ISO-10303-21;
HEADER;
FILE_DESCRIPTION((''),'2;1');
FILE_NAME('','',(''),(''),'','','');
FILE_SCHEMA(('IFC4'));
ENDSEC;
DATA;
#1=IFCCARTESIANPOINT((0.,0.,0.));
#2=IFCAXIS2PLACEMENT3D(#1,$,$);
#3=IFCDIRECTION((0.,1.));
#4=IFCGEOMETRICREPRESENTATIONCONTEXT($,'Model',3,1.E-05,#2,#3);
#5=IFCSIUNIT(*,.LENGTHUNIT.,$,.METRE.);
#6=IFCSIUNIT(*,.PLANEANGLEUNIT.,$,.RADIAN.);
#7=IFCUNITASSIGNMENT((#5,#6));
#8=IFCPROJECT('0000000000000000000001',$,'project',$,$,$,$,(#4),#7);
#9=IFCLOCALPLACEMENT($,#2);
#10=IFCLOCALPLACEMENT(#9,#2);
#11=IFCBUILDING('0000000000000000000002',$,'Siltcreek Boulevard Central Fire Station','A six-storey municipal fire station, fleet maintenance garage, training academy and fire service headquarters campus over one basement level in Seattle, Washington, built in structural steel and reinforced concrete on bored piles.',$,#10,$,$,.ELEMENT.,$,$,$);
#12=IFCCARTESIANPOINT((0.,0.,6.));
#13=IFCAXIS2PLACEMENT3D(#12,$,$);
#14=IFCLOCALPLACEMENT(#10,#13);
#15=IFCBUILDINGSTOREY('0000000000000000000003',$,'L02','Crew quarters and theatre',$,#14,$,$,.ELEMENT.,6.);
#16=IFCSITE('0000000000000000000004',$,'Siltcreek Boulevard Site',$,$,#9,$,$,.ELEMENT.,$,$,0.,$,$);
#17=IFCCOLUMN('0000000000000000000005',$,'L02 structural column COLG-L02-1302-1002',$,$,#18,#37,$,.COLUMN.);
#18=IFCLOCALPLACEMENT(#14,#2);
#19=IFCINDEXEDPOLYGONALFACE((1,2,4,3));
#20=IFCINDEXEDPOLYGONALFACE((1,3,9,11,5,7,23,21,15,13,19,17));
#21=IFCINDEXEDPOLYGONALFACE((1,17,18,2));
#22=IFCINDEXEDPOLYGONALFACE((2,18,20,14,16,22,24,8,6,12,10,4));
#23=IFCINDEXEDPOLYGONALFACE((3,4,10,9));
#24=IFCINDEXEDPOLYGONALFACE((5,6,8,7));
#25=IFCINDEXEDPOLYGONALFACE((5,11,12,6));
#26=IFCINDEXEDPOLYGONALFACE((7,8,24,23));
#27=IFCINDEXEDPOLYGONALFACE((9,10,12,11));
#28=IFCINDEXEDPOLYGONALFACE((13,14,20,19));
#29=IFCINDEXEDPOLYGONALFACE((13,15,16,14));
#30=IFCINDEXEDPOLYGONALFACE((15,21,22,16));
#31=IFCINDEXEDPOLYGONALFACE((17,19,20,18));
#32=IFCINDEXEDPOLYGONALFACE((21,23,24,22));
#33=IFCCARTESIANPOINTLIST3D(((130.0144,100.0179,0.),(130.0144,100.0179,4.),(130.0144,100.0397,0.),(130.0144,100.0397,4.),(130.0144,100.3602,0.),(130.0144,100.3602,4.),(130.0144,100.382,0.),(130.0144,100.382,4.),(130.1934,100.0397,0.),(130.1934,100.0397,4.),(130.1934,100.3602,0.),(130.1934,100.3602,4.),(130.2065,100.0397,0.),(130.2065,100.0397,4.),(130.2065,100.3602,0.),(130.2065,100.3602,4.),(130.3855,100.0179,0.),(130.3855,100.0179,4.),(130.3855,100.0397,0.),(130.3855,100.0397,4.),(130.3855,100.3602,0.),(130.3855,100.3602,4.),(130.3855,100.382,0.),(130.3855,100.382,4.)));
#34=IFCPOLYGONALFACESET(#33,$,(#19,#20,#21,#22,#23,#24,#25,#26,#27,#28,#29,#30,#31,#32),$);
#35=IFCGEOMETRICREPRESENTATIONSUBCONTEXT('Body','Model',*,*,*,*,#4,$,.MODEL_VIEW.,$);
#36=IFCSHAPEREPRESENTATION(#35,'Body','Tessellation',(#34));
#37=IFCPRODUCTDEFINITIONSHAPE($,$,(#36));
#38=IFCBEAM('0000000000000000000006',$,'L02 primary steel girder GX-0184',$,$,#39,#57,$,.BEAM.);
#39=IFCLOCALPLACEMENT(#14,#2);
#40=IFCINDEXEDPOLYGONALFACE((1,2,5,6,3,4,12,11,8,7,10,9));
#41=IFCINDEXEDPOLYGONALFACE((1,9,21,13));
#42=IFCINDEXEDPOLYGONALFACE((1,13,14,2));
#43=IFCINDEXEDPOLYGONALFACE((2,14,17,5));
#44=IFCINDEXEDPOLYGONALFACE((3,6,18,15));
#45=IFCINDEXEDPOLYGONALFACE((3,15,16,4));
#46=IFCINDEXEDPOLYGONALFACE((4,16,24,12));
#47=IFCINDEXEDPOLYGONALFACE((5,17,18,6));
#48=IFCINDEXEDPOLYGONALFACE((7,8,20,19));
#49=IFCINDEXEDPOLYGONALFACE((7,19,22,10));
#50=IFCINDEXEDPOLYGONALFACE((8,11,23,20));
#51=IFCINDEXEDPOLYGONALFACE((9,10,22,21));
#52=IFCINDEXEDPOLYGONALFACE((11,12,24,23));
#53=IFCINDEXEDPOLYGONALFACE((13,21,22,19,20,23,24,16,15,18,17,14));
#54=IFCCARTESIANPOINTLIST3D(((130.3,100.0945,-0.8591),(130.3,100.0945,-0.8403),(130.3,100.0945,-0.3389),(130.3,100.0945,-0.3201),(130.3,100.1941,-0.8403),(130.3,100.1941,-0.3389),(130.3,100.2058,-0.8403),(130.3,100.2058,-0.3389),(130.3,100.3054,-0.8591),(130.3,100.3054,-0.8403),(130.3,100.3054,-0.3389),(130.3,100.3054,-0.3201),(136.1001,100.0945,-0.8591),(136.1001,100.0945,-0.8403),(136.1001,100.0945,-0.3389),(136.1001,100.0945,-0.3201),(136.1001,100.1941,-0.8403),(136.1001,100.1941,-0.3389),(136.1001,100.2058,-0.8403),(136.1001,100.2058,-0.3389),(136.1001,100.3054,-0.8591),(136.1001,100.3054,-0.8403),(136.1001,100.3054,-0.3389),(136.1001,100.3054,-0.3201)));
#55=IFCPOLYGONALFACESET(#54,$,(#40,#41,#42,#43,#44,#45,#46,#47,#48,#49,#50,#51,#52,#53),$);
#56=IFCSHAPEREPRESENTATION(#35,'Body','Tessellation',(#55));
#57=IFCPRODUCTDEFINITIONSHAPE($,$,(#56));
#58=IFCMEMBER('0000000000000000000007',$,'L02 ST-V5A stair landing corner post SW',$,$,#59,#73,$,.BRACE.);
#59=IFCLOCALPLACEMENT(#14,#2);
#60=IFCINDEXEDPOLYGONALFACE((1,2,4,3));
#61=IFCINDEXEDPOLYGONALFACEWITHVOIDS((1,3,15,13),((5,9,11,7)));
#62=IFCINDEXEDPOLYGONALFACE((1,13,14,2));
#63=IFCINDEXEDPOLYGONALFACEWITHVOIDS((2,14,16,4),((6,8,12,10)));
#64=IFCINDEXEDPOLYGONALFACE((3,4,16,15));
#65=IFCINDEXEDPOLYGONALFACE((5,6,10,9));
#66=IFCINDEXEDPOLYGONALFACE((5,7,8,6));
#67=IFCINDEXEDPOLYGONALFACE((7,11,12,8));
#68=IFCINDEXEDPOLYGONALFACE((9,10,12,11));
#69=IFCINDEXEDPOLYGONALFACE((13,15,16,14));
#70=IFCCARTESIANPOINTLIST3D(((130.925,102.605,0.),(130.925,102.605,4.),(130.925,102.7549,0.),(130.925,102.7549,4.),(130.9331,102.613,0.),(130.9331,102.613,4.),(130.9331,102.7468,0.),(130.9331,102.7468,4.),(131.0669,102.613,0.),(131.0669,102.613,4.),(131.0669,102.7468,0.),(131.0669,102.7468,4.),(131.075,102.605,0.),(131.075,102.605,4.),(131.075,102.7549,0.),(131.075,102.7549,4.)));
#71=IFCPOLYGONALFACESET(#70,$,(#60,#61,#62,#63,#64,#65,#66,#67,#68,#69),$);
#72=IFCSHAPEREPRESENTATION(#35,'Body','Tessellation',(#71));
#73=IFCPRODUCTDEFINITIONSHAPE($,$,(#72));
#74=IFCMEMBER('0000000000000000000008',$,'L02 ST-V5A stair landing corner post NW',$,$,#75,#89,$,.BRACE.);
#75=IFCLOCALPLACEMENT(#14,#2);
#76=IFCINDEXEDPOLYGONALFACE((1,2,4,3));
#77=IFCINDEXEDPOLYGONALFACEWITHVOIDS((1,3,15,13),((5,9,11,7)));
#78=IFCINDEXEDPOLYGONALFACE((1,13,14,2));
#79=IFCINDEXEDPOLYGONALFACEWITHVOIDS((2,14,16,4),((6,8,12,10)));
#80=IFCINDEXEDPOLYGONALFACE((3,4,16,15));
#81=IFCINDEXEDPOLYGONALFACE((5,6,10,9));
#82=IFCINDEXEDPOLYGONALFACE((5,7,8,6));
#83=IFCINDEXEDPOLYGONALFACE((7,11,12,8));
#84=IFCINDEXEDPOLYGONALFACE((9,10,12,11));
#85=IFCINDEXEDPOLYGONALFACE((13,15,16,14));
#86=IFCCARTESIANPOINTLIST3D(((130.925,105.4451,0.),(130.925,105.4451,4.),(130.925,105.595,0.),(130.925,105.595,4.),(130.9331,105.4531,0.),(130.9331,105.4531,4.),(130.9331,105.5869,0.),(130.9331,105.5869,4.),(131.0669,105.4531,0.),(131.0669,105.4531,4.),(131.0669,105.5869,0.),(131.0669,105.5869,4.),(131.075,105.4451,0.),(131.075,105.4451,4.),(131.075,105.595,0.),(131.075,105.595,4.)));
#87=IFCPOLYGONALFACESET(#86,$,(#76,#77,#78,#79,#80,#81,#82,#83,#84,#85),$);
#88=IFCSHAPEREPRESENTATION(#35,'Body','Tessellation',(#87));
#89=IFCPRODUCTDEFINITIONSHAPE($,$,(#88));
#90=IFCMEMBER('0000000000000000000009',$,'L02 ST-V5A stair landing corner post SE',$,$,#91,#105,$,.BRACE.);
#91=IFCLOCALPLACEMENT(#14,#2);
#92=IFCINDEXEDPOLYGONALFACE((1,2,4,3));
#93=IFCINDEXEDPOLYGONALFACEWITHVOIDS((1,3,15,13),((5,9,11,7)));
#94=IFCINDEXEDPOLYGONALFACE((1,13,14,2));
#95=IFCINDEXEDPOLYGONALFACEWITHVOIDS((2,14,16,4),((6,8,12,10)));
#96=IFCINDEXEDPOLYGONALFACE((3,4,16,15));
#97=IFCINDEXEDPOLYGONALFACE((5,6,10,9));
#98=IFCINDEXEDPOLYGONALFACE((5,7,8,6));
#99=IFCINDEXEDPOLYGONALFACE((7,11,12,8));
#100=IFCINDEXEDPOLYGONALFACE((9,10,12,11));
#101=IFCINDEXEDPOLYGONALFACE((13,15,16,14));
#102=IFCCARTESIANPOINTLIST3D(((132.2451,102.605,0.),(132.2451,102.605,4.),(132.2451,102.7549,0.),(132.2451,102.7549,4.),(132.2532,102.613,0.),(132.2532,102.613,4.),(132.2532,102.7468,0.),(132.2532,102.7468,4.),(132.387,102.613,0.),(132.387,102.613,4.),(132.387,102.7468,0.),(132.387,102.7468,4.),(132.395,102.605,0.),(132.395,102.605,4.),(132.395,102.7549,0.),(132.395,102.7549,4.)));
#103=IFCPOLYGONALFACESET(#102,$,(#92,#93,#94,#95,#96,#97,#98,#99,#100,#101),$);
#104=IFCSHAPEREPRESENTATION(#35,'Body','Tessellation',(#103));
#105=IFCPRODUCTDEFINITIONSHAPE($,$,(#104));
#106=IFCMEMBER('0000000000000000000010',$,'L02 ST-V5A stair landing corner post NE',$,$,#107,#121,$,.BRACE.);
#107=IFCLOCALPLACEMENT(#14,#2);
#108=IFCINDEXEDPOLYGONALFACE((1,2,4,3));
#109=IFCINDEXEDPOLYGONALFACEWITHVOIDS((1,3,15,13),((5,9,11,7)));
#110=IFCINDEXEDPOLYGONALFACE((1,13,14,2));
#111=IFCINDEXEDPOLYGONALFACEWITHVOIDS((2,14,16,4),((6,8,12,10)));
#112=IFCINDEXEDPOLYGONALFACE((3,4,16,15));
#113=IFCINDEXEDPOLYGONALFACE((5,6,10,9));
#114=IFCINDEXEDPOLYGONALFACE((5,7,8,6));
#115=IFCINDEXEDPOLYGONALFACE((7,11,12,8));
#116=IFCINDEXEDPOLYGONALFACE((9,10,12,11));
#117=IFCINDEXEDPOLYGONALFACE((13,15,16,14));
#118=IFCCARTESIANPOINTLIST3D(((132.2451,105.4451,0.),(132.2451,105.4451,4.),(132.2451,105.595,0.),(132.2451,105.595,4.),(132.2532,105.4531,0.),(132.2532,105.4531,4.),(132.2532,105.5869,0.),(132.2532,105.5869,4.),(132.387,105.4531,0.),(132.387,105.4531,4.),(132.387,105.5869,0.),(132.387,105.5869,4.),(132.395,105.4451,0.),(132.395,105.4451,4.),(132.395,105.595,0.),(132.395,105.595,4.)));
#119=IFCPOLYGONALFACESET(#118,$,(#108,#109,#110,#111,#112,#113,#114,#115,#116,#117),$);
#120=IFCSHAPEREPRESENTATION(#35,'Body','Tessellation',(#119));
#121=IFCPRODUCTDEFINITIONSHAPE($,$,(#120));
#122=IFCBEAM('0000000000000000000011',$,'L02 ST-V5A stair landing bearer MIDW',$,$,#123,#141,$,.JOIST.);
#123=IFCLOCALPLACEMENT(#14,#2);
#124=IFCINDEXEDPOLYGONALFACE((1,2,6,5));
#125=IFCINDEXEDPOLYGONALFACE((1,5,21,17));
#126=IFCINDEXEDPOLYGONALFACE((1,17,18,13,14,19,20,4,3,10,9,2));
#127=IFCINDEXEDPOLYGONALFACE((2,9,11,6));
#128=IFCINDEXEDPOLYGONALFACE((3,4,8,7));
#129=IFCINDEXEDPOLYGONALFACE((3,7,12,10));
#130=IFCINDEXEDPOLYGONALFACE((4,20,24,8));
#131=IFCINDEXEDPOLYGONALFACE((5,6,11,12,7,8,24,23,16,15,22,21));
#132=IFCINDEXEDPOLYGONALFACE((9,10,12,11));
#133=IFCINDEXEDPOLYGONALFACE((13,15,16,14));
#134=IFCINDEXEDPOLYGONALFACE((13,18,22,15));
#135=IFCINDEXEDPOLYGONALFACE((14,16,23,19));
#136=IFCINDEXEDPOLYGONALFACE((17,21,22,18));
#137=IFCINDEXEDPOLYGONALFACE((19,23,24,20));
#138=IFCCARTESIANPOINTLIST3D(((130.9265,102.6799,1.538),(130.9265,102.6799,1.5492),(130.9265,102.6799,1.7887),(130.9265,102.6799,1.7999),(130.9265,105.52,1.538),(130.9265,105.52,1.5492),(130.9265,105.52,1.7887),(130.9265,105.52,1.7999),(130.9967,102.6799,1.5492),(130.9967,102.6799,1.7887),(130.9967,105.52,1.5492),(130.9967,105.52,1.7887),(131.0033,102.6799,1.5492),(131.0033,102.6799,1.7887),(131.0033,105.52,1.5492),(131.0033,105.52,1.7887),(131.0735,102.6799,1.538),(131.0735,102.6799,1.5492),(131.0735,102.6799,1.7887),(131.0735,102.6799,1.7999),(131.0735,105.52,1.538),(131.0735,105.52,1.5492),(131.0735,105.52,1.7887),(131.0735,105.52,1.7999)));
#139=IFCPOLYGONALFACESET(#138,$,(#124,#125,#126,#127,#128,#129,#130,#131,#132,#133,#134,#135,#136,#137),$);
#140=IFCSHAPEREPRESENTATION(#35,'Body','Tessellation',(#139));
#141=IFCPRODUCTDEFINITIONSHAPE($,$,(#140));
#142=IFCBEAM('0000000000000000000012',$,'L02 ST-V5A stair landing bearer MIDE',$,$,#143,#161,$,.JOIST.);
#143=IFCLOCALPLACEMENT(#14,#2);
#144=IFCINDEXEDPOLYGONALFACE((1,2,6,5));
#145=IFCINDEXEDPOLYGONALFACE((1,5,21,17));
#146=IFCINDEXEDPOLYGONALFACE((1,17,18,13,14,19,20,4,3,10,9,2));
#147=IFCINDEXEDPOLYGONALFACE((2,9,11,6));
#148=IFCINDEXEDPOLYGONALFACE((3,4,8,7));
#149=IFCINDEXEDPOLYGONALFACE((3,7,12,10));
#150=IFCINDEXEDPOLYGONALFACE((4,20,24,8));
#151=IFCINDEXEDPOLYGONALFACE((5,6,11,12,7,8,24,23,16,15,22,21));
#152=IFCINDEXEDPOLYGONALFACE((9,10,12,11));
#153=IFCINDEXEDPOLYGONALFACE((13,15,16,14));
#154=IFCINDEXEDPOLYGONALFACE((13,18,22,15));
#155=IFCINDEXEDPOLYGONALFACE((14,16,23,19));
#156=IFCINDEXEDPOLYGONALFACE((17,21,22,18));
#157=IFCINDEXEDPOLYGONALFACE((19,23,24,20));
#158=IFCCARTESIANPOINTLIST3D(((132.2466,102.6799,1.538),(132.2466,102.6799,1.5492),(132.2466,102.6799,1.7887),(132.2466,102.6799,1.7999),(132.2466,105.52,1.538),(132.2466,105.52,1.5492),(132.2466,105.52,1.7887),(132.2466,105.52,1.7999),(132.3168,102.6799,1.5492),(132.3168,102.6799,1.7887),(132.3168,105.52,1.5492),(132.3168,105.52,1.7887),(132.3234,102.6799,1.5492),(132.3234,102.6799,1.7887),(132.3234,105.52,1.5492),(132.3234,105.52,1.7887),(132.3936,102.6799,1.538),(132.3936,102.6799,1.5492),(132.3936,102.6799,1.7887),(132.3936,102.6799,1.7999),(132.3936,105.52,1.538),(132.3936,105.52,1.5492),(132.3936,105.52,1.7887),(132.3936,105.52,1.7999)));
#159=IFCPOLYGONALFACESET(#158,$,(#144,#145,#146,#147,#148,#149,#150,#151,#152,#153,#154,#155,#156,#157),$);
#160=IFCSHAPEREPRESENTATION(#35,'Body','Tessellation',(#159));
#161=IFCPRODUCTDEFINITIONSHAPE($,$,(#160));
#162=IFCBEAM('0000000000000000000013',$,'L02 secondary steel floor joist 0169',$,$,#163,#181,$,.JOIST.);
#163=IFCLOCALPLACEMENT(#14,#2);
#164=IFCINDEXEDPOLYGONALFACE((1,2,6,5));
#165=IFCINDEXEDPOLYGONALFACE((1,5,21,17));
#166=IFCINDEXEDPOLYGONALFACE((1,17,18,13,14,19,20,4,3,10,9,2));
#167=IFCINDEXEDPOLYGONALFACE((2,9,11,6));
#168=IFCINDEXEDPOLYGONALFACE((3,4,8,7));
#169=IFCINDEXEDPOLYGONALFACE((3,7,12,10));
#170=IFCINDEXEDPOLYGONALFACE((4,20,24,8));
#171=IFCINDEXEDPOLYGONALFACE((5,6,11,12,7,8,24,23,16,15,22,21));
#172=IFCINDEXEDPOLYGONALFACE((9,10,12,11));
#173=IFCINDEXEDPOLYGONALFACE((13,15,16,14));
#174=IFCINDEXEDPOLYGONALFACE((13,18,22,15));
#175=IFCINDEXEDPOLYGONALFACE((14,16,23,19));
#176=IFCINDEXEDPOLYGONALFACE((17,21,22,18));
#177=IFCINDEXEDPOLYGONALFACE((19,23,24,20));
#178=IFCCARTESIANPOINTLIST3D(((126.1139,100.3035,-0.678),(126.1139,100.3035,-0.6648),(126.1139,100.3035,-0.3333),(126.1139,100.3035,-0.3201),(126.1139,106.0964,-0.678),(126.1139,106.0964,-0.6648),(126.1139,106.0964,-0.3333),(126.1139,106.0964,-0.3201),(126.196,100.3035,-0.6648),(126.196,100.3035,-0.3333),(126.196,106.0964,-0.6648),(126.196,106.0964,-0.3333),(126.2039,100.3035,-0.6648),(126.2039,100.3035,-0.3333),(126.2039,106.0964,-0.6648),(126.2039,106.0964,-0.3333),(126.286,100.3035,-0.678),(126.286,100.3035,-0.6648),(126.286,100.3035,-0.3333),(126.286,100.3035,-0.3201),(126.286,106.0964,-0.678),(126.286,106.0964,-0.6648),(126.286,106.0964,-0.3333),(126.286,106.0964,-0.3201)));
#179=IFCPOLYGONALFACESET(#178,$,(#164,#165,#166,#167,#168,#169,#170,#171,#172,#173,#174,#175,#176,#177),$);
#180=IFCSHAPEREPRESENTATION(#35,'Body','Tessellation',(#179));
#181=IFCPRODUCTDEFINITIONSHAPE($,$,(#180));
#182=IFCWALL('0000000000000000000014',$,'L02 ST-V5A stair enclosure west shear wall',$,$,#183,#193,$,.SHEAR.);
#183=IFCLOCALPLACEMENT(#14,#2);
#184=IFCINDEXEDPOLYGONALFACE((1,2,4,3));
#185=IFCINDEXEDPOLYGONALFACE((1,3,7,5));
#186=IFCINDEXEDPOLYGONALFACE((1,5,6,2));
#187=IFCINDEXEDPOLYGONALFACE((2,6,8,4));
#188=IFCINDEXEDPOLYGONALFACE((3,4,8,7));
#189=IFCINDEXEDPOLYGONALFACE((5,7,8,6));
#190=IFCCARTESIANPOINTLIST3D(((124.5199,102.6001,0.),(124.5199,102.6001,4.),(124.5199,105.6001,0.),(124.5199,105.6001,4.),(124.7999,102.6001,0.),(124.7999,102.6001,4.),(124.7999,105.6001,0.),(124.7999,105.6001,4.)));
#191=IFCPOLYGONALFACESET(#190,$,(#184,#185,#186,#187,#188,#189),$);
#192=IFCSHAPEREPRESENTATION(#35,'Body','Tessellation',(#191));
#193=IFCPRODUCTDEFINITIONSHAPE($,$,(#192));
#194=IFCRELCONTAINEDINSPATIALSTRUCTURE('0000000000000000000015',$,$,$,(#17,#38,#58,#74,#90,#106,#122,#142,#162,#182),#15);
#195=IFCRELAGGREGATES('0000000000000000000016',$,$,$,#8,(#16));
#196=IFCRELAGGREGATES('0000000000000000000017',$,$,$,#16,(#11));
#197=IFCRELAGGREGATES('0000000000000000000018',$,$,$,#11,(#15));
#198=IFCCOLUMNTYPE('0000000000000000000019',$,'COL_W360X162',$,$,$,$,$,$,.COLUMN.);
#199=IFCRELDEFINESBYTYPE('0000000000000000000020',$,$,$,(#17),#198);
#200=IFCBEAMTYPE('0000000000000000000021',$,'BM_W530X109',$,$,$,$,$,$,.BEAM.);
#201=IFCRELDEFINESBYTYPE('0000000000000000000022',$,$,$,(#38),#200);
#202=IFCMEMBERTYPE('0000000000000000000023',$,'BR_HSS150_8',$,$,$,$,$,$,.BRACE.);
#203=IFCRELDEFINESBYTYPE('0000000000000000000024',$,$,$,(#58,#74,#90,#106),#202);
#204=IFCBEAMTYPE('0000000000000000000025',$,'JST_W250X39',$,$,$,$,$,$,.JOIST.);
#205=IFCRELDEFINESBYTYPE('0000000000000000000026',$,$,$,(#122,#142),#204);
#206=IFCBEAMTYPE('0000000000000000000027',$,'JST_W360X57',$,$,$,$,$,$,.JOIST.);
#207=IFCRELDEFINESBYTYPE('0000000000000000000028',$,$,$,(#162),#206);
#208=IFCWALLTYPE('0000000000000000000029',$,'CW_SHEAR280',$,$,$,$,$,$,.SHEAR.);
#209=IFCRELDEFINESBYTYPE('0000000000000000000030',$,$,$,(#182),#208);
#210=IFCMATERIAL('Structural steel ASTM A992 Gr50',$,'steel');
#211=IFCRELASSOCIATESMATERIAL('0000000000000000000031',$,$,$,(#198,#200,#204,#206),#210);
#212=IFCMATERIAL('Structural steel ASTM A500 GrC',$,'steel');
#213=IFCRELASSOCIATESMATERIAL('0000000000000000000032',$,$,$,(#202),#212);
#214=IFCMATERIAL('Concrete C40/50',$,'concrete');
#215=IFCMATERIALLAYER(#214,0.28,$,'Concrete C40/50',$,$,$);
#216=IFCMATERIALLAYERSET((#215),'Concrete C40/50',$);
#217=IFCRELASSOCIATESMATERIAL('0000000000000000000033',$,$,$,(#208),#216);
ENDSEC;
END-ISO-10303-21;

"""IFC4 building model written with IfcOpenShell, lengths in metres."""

from ifc_helpers import new_model, si_unit, direction, frame, frame_2d, origin, origin_2d, place, context, subcontext, project, spatial, rectangle, hollow_rectangle, i_section, extrude, material, layer, layer_set, material_profile, profile_set, type_object, element, save


model = new_model("IFC4")

# Units and contexts
model_context = context("Model", 3, precision=1e-05, world=origin(), true_north=direction((0.0, 1.0)))
body_context = subcontext(model_context, "Body", "Model", "MODEL_VIEW")
ifc_project = project(units=[si_unit("LENGTHUNIT", "METRE"), si_unit("PLANEANGLEUNIT", "RADIAN")], contexts=[model_context])

# Site, building, storey
site_placement = place(None, origin())
site = spatial("IfcSite", under=ifc_project, at=site_placement, Name="Siltcreek Boulevard Site", CompositionType="ELEMENT", RefElevation=0.0)
building_placement = place(site_placement, origin())
building = spatial("IfcBuilding", under=site, at=building_placement, Name="Siltcreek Boulevard Central Fire Station", Description="A six-storey municipal fire station, fleet maintenance garage, training academy and fire service headquarters campus over one basement level in Seattle, Washington, built in structural steel and reinforced concrete on bored piles.", CompositionType="ELEMENT")
storey_placement = place(building_placement, frame((0.0, 0.0, 6.0)))
storey = spatial("IfcBuildingStorey", under=building, at=storey_placement, Name="L02", Description="Crew quarters and theatre", CompositionType="ELEMENT", Elevation=6.0)

# Column
ifc_material_1 = material(Name="Structural steel ASTM A992 Gr50", Category="steel")
ifc_material_profile_1 = material_profile(ifc_material_1, i_section(OverallWidth=0.3711, OverallDepth=0.364, WebThickness=0.0132, FlangeThickness=0.0217, at=origin_2d()), Name="W360X162")
ifc_profile_set_1 = profile_set([ifc_material_profile_1], Name="Structural steel ASTM A992 Gr50")
column_type = type_object("IfcColumnType", Name="COL_W360X162", PredefinedType="COLUMN", material=ifc_profile_set_1)
column_placement = place(storey_placement, frame((130.2, 100.2, 0.0), z_axis=(0.0, 0.0, 1.0), x_axis=(1.0, 0.0, 0.0)))
element("IfcColumn", 1, at=column_placement, inside=storey, type_object=column_type, Name="L02 structural column COLG-L02-1302-1002", PredefinedType="COLUMN", context=body_context, shape_type="SweptSolid", body=[
    extrude(i_section(OverallWidth=0.3711, OverallDepth=0.364, WebThickness=0.0132, FlangeThickness=0.0217, at=origin_2d()), origin(), (0.0, 0.0, 1.0), 4.0),
])

# Beam
ifc_material_profile_2 = material_profile(ifc_material_1, i_section(OverallWidth=0.2109, OverallDepth=0.5391, WebThickness=0.0117, FlangeThickness=0.0188, at=origin_2d()), Name="W530X109")
ifc_profile_set_2 = profile_set([ifc_material_profile_2], Name="Structural steel ASTM A992 Gr50")
beam_type_1 = type_object("IfcBeamType", Name="BM_W530X109", PredefinedType="BEAM", material=ifc_profile_set_2)
beam_1_placement = place(storey_placement, frame((130.3, 100.2, -0.5896), z_axis=(1.0, 0.0, 0.0), x_axis=(0.0, 1.0, 0.0)))
element("IfcBeam", 2, at=beam_1_placement, inside=storey, type_object=beam_type_1, Name="L02 primary steel girder GX-0184", PredefinedType="BEAM", context=body_context, shape_type="SweptSolid", body=[
    extrude(i_section(OverallWidth=0.2109, OverallDepth=0.5391, WebThickness=0.0117, FlangeThickness=0.0188, at=origin_2d()), origin(), (0.0, 0.0, 1.0), 5.8),
])

# Members
ifc_material_2 = material(Name="Structural steel ASTM A500 GrC", Category="steel")
ifc_material_profile_3 = material_profile(ifc_material_2, hollow_rectangle(XDim=0.1499, YDim=0.1499, WallThickness=0.0081, at=origin_2d()), Name="HSS150X150X8.0")
ifc_profile_set_3 = profile_set([ifc_material_profile_3], Name="Structural steel ASTM A500 GrC")
member_type = type_object("IfcMemberType", Name="BR_HSS150_8", PredefinedType="BRACE", material=ifc_profile_set_3)
for number, where, z_axis, x_axis, name in (
    (3, (131.0, 102.6799, 0.0), (0.0, 0.0, 1.0), (1.0, 0.0, 0.0), "L02 ST-V5A stair landing corner post SW"),
    (4, (131.0, 105.52, 0.0), (0.0, 0.0, 1.0), (1.0, 0.0, 0.0), "L02 ST-V5A stair landing corner post NW"),
    (5, (132.3201, 102.6799, 0.0), (0.0, 0.0, 1.0), (1.0, 0.0, 0.0), "L02 ST-V5A stair landing corner post SE"),
    (6, (132.3201, 105.52, 0.0), (0.0, 0.0, 1.0), (1.0, 0.0, 0.0), "L02 ST-V5A stair landing corner post NE"),
):
    element("IfcMember", number, at=place(storey_placement, frame(where, z_axis=z_axis, x_axis=x_axis)), inside=storey, type_object=member_type, Name=name, PredefinedType="BRACE", context=body_context, shape_type="SweptSolid", body=[
        extrude(hollow_rectangle(XDim=0.1499, YDim=0.1499, WallThickness=0.0081, at=origin_2d()), origin(), (0.0, 0.0, 1.0), 4.0),
    ])

# Beams
ifc_material_profile_4 = material_profile(ifc_material_1, i_section(OverallWidth=0.147, OverallDepth=0.262, WebThickness=0.0066, FlangeThickness=0.0112, at=origin_2d()), Name="W250X39")
ifc_profile_set_4 = profile_set([ifc_material_profile_4], Name="Structural steel ASTM A992 Gr50")
beam_type_2 = type_object("IfcBeamType", Name="JST_W250X39", PredefinedType="JOIST", material=ifc_profile_set_4)
for number, where, z_axis, x_axis, name in (
    (7, (131.0, 102.6799, 1.6689), (0.0, 1.0, 0.0), (-1.0, 0.0, 0.0), "L02 ST-V5A stair landing bearer MIDW"),
    (8, (132.3201, 102.6799, 1.6689), (0.0, 1.0, 0.0), (-1.0, 0.0, 0.0), "L02 ST-V5A stair landing bearer MIDE"),
):
    element("IfcBeam", number, at=place(storey_placement, frame(where, z_axis=z_axis, x_axis=x_axis)), inside=storey, type_object=beam_type_2, Name=name, PredefinedType="JOIST", context=body_context, shape_type="SweptSolid", body=[
        extrude(i_section(OverallWidth=0.147, OverallDepth=0.262, WebThickness=0.0066, FlangeThickness=0.0112, at=origin_2d()), origin(), (0.0, 0.0, 1.0), 2.8401),
    ])
ifc_material_profile_5 = material_profile(ifc_material_1, i_section(OverallWidth=0.1721, OverallDepth=0.3579, WebThickness=0.0078, FlangeThickness=0.0132, at=origin_2d()), Name="W360X57")
ifc_profile_set_5 = profile_set([ifc_material_profile_5], Name="Structural steel ASTM A992 Gr50")
beam_type_3 = type_object("IfcBeamType", Name="JST_W360X57", PredefinedType="JOIST", material=ifc_profile_set_5)
beam_2_placement = place(storey_placement, frame((126.2, 100.3035, -0.499), z_axis=(0.0, 1.0, 0.0), x_axis=(-1.0, 0.0, 0.0)))
element("IfcBeam", 9, at=beam_2_placement, inside=storey, type_object=beam_type_3, Name="L02 secondary steel floor joist 0169", PredefinedType="JOIST", context=body_context, shape_type="SweptSolid", body=[
    extrude(i_section(OverallWidth=0.1721, OverallDepth=0.3579, WebThickness=0.0078, FlangeThickness=0.0132, at=origin_2d()), origin(), (0.0, 0.0, 1.0), 5.793),
])

# Wall
ifc_material_3 = material(Name="Concrete C40/50", Category="concrete")
ifc_layer_1 = layer(ifc_material_3, 0.28, Name="Concrete C40/50")
ifc_layer_set_1 = layer_set([ifc_layer_1], Name="Concrete C40/50")
wall_type_1 = type_object("IfcWallType", Name="CW_SHEAR280", PredefinedType="SHEAR", material=ifc_layer_set_1)
for number, where, z_axis, x_axis, name in (
    (10, (124.6599, 105.6001, 0.0), (0.0, 0.0, 1.0), (0.0, -1.0, 0.0), "L02 ST-V5A stair enclosure west shear wall"),
):
    element("IfcWall", number, at=place(storey_placement, frame(where, z_axis=z_axis, x_axis=x_axis)), inside=storey, type_object=wall_type_1, Name=name, PredefinedType="SHEAR", context=body_context, shape_type="SweptSolid", body=[
        extrude(rectangle(XDim=3.0, YDim=0.28, at=frame_2d((1.5, 0.0))), origin(), (0.0, 0.0, 1.0), 4.0),
    ])

save(model, "model.ifc")
